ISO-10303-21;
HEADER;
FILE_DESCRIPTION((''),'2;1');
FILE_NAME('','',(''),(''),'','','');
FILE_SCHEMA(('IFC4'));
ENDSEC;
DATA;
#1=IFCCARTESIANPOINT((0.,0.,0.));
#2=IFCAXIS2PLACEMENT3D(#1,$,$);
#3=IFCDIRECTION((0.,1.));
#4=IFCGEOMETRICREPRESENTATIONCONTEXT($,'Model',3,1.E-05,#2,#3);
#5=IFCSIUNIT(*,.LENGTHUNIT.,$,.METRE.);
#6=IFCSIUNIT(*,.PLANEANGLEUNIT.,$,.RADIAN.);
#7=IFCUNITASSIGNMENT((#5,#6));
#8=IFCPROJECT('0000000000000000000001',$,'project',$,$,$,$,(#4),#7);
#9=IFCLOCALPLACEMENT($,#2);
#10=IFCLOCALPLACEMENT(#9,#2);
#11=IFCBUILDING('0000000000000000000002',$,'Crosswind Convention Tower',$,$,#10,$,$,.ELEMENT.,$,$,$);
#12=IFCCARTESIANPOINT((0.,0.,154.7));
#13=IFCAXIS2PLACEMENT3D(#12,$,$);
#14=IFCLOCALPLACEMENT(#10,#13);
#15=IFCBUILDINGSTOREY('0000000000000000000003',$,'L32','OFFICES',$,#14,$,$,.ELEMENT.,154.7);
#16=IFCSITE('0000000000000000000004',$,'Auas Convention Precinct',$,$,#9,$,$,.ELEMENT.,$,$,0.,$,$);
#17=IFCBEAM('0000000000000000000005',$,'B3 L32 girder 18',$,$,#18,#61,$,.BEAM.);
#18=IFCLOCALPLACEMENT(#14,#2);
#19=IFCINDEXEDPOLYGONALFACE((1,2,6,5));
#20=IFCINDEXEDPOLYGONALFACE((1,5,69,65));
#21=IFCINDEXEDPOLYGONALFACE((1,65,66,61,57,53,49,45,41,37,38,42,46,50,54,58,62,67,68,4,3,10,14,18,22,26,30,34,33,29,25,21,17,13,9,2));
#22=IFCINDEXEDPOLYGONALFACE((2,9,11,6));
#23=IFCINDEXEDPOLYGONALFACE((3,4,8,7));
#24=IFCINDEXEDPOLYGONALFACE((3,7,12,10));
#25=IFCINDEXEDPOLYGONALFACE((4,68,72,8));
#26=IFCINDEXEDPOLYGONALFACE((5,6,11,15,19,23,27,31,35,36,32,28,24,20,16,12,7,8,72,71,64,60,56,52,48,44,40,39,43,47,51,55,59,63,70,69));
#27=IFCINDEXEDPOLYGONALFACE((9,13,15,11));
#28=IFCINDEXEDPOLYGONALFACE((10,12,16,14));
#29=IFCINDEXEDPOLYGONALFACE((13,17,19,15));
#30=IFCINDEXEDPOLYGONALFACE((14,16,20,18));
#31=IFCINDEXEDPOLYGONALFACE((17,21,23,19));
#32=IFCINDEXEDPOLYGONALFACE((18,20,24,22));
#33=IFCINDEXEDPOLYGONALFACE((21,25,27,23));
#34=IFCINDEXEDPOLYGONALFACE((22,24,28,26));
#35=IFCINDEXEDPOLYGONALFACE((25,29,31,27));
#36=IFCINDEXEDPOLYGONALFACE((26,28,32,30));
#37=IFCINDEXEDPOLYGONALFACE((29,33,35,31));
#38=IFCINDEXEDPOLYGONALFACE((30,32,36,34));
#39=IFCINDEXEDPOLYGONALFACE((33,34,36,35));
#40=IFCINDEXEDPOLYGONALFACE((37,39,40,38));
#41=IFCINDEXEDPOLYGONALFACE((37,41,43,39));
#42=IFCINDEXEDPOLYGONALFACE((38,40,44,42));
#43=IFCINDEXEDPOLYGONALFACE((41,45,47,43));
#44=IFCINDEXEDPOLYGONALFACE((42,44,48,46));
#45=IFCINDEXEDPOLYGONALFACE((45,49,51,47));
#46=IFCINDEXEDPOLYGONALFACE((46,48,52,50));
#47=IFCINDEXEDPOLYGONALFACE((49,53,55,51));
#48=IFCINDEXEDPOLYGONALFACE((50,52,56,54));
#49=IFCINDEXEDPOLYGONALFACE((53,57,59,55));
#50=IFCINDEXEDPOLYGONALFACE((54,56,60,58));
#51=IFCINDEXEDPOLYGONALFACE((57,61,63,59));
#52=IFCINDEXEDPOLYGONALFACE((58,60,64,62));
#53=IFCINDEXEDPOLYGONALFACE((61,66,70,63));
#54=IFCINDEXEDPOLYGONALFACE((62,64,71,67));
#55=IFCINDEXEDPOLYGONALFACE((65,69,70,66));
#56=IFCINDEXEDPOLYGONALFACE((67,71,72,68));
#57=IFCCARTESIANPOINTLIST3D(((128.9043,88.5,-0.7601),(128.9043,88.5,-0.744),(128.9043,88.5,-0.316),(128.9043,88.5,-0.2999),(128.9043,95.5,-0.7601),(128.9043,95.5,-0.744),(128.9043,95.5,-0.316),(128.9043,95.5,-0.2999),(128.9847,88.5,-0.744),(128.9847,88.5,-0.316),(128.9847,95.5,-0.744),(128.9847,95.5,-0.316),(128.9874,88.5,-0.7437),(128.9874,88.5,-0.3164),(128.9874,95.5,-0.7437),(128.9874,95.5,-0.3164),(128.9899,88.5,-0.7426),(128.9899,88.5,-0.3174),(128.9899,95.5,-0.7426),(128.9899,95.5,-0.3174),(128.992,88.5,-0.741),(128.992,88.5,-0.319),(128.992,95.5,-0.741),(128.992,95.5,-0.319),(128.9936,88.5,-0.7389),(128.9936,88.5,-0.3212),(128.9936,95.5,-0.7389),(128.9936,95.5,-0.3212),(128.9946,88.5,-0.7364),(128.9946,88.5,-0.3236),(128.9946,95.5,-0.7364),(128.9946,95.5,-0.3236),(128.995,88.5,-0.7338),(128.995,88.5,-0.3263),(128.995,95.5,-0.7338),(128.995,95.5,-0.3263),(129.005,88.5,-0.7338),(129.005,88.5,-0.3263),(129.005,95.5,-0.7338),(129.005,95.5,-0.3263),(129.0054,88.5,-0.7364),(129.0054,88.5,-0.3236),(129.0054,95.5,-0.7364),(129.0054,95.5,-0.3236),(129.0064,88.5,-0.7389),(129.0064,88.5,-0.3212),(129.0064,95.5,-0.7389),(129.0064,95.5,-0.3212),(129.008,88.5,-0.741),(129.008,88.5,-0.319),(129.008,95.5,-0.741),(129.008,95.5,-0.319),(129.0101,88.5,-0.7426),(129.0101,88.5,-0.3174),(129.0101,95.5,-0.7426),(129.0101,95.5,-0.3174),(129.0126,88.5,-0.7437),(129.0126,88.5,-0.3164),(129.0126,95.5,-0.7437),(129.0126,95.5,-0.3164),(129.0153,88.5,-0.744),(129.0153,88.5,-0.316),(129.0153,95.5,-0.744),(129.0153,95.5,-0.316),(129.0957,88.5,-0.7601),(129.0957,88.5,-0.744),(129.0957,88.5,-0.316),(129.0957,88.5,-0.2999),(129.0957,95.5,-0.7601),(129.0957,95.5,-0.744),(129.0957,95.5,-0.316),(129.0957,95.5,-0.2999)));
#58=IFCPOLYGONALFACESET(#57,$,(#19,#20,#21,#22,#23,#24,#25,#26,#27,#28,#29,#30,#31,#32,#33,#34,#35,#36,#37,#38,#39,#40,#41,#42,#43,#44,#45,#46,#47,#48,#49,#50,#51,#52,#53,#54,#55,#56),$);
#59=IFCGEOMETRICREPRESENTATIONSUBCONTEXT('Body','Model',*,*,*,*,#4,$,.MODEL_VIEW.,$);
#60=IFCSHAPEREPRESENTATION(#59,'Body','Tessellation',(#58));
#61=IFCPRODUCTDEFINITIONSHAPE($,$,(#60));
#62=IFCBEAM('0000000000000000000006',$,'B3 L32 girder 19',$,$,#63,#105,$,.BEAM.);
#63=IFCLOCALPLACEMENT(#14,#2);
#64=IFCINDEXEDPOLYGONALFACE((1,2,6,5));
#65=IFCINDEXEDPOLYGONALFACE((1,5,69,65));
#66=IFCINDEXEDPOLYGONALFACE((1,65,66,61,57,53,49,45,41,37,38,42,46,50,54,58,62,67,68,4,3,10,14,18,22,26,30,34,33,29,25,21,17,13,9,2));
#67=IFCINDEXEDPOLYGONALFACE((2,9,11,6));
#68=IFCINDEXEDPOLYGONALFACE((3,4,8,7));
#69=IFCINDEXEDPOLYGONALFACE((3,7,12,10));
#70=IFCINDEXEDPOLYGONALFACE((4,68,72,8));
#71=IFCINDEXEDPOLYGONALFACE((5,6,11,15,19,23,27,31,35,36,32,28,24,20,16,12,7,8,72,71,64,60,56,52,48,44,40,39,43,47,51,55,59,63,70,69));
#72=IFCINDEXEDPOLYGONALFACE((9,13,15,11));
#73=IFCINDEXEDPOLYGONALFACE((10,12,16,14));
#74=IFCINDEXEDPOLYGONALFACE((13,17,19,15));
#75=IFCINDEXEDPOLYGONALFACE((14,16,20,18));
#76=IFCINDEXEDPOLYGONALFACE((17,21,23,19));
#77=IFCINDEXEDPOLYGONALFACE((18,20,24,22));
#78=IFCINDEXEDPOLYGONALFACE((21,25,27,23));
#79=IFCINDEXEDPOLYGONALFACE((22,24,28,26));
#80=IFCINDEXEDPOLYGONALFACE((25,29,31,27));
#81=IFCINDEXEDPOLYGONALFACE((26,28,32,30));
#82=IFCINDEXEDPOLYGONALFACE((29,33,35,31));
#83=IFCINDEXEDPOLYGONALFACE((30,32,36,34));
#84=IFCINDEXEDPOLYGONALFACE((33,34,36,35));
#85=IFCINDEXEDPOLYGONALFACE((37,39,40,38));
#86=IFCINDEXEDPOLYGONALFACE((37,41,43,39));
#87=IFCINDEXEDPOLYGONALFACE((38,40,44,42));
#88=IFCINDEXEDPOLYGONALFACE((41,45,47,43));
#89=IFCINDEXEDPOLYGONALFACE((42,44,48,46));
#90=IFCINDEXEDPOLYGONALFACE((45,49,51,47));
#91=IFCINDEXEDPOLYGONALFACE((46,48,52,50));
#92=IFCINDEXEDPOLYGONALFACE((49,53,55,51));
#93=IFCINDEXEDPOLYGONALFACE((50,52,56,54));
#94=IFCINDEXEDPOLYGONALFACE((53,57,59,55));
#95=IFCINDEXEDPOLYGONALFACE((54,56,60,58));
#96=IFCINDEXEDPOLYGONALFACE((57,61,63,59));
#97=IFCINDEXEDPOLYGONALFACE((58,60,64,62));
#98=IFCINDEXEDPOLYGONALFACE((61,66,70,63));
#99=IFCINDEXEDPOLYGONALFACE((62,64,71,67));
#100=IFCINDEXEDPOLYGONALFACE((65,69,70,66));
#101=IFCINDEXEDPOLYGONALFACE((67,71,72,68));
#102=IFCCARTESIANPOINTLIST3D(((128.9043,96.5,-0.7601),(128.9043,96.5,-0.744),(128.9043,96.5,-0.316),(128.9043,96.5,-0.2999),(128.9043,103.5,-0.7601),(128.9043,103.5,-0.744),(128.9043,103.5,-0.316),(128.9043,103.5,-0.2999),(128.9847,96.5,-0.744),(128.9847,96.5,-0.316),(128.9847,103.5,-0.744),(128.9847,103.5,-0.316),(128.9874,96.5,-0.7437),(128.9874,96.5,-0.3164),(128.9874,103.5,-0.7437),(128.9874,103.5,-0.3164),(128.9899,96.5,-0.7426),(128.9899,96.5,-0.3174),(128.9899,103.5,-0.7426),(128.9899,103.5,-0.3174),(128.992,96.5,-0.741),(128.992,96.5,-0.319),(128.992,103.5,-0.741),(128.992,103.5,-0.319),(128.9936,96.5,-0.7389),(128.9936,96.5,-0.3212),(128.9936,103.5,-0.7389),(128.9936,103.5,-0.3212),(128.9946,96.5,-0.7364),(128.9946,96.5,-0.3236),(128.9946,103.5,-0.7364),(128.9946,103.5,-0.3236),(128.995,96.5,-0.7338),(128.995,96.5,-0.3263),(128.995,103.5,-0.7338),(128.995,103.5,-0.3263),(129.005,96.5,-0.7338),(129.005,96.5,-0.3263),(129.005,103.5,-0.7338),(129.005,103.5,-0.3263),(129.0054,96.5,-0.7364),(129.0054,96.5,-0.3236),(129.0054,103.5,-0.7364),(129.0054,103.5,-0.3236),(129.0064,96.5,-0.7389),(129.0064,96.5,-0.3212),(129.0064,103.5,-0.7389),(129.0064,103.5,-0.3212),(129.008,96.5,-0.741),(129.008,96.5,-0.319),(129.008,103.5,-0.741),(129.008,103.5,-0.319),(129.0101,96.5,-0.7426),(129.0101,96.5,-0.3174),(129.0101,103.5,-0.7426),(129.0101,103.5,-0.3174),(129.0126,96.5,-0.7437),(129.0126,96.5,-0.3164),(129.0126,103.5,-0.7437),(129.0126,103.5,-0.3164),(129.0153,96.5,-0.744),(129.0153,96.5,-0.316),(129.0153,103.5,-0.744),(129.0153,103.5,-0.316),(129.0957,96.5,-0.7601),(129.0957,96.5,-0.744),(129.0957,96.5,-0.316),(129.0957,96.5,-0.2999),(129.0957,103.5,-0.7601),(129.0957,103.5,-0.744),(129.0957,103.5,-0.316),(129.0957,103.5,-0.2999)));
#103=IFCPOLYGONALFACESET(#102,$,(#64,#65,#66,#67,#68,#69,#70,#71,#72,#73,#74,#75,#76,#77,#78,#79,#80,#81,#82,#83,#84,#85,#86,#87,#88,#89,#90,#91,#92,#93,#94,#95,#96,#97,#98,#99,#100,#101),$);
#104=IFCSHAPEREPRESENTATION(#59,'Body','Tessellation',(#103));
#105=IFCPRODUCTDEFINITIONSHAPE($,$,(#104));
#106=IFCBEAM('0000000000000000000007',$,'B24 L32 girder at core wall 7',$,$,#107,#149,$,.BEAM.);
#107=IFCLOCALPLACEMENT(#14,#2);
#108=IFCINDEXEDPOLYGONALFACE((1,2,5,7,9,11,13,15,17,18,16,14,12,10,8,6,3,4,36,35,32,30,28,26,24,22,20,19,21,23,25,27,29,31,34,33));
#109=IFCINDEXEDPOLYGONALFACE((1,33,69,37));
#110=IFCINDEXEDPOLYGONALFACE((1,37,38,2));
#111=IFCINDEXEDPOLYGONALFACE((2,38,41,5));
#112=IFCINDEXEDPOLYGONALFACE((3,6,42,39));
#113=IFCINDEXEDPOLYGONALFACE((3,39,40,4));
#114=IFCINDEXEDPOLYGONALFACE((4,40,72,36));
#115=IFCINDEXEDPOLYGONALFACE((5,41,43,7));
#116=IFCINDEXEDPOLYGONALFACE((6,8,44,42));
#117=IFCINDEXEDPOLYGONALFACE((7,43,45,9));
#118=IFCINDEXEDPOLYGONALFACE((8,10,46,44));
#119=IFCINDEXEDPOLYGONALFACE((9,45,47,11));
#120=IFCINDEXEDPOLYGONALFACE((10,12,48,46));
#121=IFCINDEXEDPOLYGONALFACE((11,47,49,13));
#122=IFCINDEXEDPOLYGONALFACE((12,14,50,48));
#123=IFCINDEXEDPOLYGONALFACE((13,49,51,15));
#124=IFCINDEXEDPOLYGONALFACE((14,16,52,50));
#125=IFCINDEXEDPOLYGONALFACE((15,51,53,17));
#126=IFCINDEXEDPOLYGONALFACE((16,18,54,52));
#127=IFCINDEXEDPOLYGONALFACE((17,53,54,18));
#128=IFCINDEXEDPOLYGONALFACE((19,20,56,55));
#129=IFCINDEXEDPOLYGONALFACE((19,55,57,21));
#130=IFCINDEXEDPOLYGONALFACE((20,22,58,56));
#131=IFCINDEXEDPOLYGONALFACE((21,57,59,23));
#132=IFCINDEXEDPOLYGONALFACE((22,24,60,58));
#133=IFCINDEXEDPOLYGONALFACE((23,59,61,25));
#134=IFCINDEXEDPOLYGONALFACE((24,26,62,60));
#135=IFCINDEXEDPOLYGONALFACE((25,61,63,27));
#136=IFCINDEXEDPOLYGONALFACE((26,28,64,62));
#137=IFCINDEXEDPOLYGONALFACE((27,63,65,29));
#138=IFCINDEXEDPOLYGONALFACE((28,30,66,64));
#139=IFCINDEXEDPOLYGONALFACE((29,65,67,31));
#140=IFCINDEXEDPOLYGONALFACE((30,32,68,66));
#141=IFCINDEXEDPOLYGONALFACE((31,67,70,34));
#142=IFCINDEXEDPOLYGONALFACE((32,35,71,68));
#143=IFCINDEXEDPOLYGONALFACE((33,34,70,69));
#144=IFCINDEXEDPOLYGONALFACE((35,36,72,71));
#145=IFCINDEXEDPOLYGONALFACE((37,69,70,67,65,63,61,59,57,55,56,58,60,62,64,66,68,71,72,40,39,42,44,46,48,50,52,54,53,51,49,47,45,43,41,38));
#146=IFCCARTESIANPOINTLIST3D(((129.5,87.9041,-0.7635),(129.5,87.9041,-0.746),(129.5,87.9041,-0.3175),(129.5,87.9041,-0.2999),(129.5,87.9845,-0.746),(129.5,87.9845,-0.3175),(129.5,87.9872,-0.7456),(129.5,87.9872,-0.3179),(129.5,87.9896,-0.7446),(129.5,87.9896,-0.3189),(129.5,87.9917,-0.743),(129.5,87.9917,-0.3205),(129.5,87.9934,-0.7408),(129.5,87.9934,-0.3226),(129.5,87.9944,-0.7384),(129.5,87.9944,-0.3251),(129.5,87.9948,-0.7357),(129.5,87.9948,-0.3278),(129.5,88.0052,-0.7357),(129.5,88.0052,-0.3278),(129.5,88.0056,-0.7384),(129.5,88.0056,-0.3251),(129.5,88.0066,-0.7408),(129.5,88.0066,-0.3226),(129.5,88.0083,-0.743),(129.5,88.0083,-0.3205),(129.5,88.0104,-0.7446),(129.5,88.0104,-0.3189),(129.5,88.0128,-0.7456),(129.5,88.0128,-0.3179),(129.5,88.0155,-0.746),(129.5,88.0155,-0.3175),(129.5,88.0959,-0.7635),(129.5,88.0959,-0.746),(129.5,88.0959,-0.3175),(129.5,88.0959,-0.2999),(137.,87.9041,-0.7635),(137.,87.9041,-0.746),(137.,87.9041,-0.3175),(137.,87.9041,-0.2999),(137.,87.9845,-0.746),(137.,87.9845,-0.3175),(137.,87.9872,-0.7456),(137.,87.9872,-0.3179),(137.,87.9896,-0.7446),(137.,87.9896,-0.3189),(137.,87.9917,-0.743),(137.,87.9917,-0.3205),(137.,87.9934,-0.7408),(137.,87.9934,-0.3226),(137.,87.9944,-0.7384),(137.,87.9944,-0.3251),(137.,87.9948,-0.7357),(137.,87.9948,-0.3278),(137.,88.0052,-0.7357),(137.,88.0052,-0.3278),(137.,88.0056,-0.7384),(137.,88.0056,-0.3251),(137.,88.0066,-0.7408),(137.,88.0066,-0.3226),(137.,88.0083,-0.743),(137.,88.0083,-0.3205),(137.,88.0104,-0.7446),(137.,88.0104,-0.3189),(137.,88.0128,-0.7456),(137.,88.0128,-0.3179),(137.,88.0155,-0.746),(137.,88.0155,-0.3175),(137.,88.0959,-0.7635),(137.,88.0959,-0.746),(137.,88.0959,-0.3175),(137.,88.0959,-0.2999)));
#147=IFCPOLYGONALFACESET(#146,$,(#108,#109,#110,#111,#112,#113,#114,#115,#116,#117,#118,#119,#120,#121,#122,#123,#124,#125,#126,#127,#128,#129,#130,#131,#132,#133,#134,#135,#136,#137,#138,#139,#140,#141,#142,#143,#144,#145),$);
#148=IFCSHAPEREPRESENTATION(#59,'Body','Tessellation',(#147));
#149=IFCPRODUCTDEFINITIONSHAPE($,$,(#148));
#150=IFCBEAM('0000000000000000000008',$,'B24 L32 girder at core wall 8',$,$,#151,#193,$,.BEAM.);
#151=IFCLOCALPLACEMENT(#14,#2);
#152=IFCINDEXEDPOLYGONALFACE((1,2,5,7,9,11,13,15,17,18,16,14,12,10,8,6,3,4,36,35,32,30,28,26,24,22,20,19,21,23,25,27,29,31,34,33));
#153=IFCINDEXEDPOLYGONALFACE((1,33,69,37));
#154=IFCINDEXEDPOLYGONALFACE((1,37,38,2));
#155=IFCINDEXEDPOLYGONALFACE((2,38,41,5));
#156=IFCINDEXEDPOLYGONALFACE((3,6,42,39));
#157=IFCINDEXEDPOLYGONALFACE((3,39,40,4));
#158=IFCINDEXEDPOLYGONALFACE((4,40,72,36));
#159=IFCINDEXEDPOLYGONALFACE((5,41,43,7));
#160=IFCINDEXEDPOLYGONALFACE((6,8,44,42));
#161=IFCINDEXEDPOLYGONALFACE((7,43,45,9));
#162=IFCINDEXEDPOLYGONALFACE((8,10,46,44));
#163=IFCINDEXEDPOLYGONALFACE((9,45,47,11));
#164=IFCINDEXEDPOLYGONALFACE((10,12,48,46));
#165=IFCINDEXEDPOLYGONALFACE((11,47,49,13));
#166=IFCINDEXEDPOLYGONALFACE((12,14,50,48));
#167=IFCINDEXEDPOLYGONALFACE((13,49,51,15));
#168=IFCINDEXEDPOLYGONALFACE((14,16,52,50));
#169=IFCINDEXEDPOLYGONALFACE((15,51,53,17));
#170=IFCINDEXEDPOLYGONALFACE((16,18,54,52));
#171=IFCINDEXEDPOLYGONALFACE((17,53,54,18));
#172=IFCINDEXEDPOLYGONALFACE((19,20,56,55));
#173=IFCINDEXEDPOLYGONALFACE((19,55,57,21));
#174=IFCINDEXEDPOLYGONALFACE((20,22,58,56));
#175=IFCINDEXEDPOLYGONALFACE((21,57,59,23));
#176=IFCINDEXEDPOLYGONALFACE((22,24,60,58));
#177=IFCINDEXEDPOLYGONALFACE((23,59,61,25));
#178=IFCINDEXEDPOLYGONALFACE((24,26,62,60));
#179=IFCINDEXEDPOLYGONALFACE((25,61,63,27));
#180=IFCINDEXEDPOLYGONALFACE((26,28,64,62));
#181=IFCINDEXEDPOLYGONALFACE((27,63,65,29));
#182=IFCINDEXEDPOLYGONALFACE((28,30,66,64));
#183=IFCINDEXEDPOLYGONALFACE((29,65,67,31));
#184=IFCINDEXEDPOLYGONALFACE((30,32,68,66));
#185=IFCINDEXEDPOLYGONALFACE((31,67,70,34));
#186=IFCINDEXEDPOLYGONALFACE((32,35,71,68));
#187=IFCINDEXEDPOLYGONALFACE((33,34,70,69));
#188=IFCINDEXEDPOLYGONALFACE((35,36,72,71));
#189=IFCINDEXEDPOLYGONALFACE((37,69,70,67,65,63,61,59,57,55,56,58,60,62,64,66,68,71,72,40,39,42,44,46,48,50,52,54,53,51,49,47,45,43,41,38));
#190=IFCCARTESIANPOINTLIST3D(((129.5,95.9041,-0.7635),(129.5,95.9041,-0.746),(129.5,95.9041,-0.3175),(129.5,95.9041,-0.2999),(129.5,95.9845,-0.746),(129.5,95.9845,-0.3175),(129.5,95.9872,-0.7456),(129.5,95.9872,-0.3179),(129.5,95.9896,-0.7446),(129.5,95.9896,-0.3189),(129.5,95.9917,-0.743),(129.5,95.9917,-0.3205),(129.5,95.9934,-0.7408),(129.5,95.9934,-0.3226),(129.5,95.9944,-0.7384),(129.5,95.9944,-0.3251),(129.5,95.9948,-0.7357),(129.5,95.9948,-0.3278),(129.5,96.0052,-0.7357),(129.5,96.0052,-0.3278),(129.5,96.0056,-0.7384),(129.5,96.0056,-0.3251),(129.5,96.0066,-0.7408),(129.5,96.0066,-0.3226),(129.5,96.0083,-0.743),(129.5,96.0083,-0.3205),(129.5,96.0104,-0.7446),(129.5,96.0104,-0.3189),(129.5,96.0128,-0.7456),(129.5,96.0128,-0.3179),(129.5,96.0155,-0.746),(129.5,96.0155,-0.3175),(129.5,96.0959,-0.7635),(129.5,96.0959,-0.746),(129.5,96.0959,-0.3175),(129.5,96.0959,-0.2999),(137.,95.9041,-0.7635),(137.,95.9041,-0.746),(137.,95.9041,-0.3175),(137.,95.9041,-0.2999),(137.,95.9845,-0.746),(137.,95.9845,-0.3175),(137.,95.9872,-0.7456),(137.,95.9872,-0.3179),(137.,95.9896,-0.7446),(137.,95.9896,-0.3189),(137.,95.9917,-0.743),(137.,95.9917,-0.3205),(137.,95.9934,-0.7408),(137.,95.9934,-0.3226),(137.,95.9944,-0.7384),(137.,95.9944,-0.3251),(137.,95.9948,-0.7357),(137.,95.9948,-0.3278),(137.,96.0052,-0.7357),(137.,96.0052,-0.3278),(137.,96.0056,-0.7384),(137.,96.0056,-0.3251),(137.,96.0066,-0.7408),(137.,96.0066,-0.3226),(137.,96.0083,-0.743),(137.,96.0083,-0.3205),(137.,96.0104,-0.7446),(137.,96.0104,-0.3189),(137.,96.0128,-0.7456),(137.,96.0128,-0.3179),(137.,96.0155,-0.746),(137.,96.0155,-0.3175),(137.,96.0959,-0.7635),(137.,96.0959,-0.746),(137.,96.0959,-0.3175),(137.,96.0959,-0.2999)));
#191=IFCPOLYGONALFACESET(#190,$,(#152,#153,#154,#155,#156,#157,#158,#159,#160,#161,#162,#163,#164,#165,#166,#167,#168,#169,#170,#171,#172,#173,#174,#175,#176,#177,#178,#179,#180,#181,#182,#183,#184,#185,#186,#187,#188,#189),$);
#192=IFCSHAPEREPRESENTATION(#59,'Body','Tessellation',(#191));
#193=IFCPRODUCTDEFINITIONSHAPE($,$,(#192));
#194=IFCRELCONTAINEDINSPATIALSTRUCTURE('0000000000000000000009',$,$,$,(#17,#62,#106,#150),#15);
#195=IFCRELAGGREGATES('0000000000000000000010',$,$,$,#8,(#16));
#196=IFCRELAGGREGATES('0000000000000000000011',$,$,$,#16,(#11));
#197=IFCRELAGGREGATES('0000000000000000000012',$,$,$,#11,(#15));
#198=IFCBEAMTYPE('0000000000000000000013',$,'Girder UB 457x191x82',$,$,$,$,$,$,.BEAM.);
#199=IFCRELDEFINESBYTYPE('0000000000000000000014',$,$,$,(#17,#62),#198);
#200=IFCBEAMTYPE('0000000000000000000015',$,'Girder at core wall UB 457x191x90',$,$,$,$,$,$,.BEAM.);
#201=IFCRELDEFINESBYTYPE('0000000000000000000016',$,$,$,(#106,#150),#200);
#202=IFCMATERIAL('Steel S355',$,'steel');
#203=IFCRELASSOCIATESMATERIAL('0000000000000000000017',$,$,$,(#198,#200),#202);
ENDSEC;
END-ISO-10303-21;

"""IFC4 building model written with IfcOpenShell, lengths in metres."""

from ifc_helpers import new_model, si_unit, direction, frame, origin, origin_2d, place, context, subcontext, project, spatial, i_section, extrude, material, material_profile, profile_set, type_object, element, save


model = new_model("IFC4")

# Units and contexts
model_context = context("Model", 3, precision=1e-05, world=origin(), true_north=direction((0.0, 1.0)))
body_context = subcontext(model_context, "Body", "Model", "MODEL_VIEW")
ifc_project = project(units=[si_unit("LENGTHUNIT", "METRE"), si_unit("PLANEANGLEUNIT", "RADIAN")], contexts=[model_context])

# Site, building, storey
site_placement = place(None, origin())
site = spatial("IfcSite", under=ifc_project, at=site_placement, Name="Auas Convention Precinct", CompositionType="ELEMENT", RefElevation=0.0)
building_placement = place(site_placement, origin())
building = spatial("IfcBuilding", under=site, at=building_placement, Name="Crosswind Convention Tower", CompositionType="ELEMENT")
storey_placement = place(building_placement, frame((0.0, 0.0, 154.7)))
storey = spatial("IfcBuildingStorey", under=building, at=storey_placement, Name="L32", Description="OFFICES", CompositionType="ELEMENT", Elevation=154.7)

# Beams
ifc_material_1 = material(Name="Steel S355", Category="steel")
ifc_material_profile_1 = material_profile(ifc_material_1, i_section(OverallWidth=0.1914, OverallDepth=0.4602, WebThickness=0.01, FlangeThickness=0.0161, FilletRadius=0.0103, at=origin_2d()), Name="UB 457x191x82")
ifc_profile_set_1 = profile_set([ifc_material_profile_1], Name="Steel S355")
beam_type_1 = type_object("IfcBeamType", Name="Girder UB 457x191x82", PredefinedType="BEAM", material=ifc_profile_set_1)
for number, where, z_axis, x_axis, name in (
    (1, (129.0, 88.5, -0.53), (0.0, 1.0, 0.0), (-1.0, 0.0, 0.0), "B3 L32 girder 18"),
    (2, (129.0, 96.5, -0.53), (0.0, 1.0, 0.0), (-1.0, 0.0, 0.0), "B3 L32 girder 19"),
):
    element("IfcBeam", number, at=place(storey_placement, frame(where, z_axis=z_axis, x_axis=x_axis)), inside=storey, type_object=beam_type_1, Name=name, PredefinedType="BEAM", context=body_context, shape_type="SweptSolid", body=[
        extrude(i_section(OverallWidth=0.1914, OverallDepth=0.4602, WebThickness=0.01, FlangeThickness=0.0161, FilletRadius=0.0103, at=origin_2d()), origin(), (0.0, 0.0, 1.0), 7.0),
    ])
ifc_material_profile_2 = material_profile(ifc_material_1, i_section(OverallWidth=0.1919, OverallDepth=0.4636, WebThickness=0.0105, FlangeThickness=0.0176, FilletRadius=0.0103, at=origin_2d()), Name="UB 457x191x90")
ifc_profile_set_2 = profile_set([ifc_material_profile_2], Name="Steel S355")
beam_type_2 = type_object("IfcBeamType", Name="Girder at core wall UB 457x191x90", PredefinedType="BEAM", material=ifc_profile_set_2)
for number, where, z_axis, x_axis, name in (
    (3, (129.5, 88.0, -0.5317), (1.0, 0.0, 0.0), (0.0, 1.0, 0.0), "B24 L32 girder at core wall 7"),
    (4, (129.5, 96.0, -0.5317), (1.0, 0.0, 0.0), (0.0, 1.0, 0.0), "B24 L32 girder at core wall 8"),
):
    element("IfcBeam", number, at=place(storey_placement, frame(where, z_axis=z_axis, x_axis=x_axis)), inside=storey, type_object=beam_type_2, Name=name, PredefinedType="BEAM", context=body_context, shape_type="SweptSolid", body=[
        extrude(i_section(OverallWidth=0.1919, OverallDepth=0.4636, WebThickness=0.0105, FlangeThickness=0.0176, FilletRadius=0.0103, at=origin_2d()), origin(), (0.0, 0.0, 1.0), 7.5),
    ])

save(model, "model.ifc")
